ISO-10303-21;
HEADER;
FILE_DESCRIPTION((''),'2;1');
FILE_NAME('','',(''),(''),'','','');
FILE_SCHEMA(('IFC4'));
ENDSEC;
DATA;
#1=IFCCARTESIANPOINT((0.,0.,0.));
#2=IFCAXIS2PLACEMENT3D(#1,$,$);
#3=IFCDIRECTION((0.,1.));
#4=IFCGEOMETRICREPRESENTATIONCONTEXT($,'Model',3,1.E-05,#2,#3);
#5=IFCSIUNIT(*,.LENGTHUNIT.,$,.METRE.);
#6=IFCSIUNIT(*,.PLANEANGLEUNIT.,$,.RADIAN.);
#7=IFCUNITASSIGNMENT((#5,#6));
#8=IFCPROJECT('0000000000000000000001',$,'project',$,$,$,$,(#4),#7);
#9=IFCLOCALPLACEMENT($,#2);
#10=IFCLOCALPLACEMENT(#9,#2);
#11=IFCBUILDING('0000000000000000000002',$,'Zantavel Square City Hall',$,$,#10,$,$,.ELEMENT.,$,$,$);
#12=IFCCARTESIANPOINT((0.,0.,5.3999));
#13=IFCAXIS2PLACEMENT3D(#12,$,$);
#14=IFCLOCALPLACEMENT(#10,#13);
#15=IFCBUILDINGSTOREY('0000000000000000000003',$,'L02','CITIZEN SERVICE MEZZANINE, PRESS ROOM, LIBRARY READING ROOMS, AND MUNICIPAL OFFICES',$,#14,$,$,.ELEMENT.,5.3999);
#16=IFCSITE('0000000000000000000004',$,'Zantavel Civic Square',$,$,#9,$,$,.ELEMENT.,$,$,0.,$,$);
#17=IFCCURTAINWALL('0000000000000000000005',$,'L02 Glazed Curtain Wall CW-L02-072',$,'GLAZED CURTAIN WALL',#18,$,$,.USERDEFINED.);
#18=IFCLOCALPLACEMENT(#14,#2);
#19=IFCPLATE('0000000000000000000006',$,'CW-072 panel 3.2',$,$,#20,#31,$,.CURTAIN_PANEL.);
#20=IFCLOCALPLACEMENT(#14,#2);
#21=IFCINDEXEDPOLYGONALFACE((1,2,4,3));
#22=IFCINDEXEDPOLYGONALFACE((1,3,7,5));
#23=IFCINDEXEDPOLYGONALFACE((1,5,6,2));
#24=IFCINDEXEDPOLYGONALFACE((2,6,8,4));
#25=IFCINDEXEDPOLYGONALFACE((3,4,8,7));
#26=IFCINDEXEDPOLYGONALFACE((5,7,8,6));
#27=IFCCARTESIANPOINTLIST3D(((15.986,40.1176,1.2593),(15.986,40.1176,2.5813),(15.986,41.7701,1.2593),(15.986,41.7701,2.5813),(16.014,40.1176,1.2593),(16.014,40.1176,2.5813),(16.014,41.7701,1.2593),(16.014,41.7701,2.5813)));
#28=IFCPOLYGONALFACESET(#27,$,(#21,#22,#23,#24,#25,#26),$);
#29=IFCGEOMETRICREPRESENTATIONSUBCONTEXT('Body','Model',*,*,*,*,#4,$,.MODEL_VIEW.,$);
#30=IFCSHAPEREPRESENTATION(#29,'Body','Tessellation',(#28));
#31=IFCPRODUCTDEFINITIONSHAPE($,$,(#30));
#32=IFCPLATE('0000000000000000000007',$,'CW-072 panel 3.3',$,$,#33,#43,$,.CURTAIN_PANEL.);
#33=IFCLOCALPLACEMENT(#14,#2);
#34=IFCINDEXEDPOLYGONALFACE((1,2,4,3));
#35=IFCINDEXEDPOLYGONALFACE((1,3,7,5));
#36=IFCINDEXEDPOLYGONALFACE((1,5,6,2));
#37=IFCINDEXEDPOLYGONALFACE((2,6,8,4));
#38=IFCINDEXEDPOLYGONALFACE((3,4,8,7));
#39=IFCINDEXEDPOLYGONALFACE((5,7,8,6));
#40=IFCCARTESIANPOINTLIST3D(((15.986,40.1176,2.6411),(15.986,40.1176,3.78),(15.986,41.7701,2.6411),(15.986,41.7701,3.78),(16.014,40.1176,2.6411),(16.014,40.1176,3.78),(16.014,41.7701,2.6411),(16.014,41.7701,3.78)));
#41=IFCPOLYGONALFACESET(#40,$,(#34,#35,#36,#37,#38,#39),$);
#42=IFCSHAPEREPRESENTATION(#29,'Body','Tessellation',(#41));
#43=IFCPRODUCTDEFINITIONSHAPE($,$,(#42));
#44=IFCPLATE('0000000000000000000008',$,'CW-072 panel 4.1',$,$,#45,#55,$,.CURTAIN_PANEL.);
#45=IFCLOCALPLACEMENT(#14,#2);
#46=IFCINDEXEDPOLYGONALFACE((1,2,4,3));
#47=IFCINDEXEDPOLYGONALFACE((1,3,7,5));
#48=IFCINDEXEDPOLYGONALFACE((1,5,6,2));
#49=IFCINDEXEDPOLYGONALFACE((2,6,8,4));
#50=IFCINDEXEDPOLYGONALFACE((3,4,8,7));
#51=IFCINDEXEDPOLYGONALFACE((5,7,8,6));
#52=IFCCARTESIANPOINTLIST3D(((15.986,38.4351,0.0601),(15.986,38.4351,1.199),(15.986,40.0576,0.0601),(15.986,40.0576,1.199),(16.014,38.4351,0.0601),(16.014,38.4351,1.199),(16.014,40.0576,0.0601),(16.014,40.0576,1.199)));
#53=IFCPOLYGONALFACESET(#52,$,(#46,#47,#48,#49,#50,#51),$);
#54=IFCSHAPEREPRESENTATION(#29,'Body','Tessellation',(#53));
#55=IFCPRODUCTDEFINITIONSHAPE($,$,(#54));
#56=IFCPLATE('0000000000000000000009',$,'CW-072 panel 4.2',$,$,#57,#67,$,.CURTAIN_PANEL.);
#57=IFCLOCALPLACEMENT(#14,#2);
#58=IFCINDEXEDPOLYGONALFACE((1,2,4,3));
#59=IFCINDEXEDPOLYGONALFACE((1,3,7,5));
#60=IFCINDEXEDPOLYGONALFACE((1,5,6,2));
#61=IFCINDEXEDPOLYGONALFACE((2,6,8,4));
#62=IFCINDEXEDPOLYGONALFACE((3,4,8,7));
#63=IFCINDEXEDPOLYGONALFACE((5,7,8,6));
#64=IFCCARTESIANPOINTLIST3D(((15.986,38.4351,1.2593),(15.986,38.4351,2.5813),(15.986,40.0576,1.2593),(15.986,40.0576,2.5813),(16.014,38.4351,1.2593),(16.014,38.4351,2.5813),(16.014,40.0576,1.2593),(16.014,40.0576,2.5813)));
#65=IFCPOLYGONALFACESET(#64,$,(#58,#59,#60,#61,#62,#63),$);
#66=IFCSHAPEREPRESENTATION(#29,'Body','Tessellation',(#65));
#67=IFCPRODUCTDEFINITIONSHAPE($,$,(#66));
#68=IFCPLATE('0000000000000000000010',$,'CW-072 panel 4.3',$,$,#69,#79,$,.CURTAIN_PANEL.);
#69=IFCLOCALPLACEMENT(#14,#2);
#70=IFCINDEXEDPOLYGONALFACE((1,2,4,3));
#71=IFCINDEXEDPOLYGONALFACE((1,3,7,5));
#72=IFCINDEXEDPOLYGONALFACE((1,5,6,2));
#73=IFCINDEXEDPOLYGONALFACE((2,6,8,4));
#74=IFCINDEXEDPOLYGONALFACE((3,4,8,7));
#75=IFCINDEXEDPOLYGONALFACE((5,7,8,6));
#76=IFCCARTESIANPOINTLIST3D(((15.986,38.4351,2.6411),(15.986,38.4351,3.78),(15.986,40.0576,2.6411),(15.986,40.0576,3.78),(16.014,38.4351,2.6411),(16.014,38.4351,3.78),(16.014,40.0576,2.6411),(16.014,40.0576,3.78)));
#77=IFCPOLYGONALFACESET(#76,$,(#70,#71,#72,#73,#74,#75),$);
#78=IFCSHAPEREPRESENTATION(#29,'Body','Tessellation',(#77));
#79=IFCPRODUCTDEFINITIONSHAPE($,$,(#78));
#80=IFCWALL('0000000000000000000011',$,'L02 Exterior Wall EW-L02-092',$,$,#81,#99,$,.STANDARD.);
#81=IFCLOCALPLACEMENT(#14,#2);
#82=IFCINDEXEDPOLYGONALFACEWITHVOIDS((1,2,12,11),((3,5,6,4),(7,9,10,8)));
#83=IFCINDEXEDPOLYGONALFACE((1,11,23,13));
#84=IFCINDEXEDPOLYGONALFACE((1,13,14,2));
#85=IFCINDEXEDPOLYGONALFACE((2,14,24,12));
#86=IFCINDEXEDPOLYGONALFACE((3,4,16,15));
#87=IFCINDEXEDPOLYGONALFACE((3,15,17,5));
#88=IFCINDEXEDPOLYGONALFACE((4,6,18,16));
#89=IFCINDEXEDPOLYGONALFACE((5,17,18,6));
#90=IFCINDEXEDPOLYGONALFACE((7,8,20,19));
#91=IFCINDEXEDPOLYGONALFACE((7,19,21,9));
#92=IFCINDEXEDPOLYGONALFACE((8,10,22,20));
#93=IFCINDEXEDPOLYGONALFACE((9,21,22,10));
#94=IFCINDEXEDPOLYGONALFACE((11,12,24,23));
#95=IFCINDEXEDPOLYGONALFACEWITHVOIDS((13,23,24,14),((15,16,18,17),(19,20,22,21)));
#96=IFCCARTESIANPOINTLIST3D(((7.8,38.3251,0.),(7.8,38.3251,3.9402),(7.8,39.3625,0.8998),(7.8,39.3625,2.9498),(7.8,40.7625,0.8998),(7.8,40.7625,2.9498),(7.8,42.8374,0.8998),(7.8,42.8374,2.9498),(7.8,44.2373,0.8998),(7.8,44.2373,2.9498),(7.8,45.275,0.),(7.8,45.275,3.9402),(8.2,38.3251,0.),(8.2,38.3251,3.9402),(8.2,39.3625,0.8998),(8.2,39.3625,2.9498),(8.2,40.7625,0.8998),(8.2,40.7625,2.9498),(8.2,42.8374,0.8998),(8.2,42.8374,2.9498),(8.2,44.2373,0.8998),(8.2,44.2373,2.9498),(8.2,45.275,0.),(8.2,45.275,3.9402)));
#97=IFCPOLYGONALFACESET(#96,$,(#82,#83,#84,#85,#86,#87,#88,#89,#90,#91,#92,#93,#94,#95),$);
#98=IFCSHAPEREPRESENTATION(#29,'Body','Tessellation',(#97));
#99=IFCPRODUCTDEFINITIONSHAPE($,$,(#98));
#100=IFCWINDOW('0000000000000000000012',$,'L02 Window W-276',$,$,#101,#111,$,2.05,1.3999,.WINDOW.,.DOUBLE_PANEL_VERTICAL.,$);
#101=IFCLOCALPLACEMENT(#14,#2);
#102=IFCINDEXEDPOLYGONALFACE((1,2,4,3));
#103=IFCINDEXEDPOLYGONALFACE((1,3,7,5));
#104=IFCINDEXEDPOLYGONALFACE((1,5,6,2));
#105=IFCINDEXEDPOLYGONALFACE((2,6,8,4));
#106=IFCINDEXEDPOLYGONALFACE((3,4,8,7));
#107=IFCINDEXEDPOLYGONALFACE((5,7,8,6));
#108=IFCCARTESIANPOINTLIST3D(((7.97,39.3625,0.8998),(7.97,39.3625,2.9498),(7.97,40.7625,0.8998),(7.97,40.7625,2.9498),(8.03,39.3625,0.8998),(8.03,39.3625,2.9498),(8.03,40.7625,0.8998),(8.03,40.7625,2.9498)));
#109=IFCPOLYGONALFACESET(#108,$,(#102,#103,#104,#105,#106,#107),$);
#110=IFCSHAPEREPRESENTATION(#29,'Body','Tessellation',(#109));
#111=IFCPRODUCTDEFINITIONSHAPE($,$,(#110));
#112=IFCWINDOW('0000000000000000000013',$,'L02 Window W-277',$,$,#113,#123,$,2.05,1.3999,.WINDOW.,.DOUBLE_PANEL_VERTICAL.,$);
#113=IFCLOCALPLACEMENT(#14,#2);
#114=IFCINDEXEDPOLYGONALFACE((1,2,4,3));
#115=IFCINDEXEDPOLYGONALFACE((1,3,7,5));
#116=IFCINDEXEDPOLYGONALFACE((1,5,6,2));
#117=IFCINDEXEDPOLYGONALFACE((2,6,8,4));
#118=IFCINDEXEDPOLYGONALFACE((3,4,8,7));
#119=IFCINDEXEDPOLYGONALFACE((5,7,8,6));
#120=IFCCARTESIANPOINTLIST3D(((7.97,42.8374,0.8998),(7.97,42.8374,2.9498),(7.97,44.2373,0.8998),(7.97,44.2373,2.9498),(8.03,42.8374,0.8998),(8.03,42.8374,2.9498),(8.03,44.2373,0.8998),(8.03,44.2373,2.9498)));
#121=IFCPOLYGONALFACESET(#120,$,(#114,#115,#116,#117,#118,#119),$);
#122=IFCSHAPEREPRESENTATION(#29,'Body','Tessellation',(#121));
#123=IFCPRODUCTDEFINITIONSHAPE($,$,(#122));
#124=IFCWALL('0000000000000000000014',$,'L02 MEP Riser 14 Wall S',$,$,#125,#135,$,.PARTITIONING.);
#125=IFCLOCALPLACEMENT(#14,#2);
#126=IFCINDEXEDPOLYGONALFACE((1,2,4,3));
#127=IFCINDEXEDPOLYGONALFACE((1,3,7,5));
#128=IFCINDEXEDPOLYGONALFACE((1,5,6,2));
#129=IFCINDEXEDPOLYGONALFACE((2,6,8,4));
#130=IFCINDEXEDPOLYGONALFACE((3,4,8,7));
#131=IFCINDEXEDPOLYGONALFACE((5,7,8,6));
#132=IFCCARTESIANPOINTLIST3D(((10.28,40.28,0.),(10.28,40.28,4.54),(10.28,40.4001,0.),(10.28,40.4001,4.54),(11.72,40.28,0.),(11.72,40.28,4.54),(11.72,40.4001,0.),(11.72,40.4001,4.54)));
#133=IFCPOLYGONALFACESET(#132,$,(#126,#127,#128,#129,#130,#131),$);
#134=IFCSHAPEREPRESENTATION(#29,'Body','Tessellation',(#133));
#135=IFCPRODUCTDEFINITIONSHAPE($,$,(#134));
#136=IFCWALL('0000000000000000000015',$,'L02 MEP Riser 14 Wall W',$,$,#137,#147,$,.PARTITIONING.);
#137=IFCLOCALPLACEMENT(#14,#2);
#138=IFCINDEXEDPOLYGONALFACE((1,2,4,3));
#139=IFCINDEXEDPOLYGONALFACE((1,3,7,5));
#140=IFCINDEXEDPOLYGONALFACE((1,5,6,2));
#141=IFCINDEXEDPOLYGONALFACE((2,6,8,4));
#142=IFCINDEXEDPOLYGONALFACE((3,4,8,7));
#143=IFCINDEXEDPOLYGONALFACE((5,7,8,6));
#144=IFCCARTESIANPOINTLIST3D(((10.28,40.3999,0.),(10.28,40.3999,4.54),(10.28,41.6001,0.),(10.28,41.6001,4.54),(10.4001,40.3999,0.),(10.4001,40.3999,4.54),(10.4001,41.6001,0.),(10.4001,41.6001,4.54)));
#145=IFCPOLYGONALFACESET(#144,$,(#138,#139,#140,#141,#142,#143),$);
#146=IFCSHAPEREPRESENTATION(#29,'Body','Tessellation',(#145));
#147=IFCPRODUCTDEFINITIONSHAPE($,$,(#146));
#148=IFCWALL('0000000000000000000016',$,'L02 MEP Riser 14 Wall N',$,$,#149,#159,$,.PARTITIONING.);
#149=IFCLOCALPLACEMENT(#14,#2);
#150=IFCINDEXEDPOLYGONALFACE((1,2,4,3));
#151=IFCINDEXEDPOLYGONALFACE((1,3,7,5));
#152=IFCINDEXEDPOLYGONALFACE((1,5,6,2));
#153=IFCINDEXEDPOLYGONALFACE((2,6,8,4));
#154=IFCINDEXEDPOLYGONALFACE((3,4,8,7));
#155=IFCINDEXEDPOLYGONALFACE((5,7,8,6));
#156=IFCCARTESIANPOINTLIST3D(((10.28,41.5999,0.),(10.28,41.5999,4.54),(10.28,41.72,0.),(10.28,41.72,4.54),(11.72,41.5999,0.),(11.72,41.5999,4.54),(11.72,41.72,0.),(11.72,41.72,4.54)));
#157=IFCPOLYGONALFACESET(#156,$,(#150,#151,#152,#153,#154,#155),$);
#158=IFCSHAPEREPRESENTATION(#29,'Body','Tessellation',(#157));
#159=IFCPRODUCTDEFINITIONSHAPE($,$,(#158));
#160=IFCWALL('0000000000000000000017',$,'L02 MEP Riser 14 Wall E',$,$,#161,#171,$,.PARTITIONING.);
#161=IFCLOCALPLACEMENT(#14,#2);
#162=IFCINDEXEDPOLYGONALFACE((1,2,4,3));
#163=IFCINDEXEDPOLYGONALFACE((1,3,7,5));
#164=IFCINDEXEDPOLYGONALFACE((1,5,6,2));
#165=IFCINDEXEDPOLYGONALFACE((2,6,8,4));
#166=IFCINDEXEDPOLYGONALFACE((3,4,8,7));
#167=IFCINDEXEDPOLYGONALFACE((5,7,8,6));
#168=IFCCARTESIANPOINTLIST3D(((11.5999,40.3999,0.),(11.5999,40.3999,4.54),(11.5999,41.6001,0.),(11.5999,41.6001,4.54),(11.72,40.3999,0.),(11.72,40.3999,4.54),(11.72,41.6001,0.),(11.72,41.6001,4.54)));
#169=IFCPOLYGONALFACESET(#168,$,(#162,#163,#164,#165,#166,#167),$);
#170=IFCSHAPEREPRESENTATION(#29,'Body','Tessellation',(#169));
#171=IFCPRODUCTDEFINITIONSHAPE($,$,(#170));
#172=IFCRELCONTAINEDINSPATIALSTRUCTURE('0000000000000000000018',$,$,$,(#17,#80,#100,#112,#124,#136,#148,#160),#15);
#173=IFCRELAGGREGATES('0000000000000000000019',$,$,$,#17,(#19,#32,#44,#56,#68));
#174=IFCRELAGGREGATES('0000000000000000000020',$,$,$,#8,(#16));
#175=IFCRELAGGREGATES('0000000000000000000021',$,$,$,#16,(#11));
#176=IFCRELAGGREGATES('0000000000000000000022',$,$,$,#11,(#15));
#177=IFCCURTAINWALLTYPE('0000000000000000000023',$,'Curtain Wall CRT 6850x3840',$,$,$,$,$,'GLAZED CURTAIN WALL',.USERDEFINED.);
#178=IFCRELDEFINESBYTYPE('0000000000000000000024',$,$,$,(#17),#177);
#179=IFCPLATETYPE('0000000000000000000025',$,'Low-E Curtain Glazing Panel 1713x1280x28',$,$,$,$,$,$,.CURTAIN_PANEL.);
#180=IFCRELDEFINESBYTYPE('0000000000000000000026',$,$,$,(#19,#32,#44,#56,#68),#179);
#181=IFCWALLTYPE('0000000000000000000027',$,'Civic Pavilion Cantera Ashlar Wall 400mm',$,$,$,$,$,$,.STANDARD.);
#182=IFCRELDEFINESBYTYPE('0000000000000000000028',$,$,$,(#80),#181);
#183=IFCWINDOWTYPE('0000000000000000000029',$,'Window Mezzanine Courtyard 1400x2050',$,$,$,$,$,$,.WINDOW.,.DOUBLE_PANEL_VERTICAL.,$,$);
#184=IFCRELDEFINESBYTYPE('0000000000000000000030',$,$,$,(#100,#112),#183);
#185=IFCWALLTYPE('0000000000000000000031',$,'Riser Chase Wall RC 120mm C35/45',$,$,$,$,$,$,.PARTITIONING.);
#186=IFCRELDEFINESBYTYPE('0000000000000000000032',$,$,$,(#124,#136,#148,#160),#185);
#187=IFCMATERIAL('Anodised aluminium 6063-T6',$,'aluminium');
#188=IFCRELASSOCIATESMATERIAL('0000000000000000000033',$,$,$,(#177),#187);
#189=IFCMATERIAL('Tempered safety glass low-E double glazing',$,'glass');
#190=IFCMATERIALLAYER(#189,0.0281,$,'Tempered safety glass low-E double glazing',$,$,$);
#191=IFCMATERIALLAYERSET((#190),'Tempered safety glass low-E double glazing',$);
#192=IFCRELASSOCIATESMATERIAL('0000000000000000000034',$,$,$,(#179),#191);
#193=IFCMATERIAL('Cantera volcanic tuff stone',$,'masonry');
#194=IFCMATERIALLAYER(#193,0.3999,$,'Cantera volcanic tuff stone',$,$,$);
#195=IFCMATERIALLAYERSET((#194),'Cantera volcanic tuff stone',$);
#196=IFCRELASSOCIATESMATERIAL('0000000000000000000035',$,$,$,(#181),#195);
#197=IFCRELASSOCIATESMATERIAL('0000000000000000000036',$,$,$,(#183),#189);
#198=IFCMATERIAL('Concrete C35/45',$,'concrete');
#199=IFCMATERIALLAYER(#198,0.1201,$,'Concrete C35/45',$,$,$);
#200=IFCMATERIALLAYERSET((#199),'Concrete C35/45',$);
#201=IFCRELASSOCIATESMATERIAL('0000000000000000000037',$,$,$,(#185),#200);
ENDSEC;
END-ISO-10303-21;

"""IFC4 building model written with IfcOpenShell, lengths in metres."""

from ifc_helpers import new_model, si_unit, direction, frame, frame_2d, origin, origin_2d, place, context, subcontext, project, spatial, rectangle, extrude, material, layer, layer_set, type_object, element, fill, aggregate, save


model = new_model("IFC4")

# Units and contexts
model_context = context("Model", 3, precision=1e-05, world=origin(), true_north=direction((0.0, 1.0)))
body_context = subcontext(model_context, "Body", "Model", "MODEL_VIEW")
ifc_project = project(units=[si_unit("LENGTHUNIT", "METRE"), si_unit("PLANEANGLEUNIT", "RADIAN")], contexts=[model_context])

# Site, building, storey
site_placement = place(None, origin())
site = spatial("IfcSite", under=ifc_project, at=site_placement, Name="Zantavel Civic Square", CompositionType="ELEMENT", RefElevation=0.0)
building_placement = place(site_placement, origin())
building = spatial("IfcBuilding", under=site, at=building_placement, Name="Zantavel Square City Hall", CompositionType="ELEMENT")
storey_placement = place(building_placement, frame((0.0, 0.0, 5.3999)))
storey = spatial("IfcBuildingStorey", under=building, at=storey_placement, Name="L02", Description="CITIZEN SERVICE MEZZANINE, PRESS ROOM, LIBRARY READING ROOMS, AND MUNICIPAL OFFICES", CompositionType="ELEMENT", Elevation=5.3999)

# Curtain wall
ifc_material_1 = material(Name="Anodised aluminium 6063-T6", Category="aluminium")
curtain_wall_type = type_object("IfcCurtainWallType", Name="Curtain Wall CRT 6850x3840", ElementType="GLAZED CURTAIN WALL", PredefinedType="USERDEFINED", material=ifc_material_1)
curtain_wall_placement = place(storey_placement, origin())
curtain_wall = element("IfcCurtainWall", 1, at=curtain_wall_placement, inside=storey, type_object=curtain_wall_type, Name="L02 Glazed Curtain Wall CW-L02-072", ObjectType="GLAZED CURTAIN WALL", PredefinedType="USERDEFINED")

# Shared definitions
ifc_material_2 = material(Name="Concrete C35/45", Category="concrete")

# Plates
ifc_material_3 = material(Name="Tempered safety glass low-E double glazing", Category="glass")
ifc_layer_1 = layer(ifc_material_3, 0.0281, Name="Tempered safety glass low-E double glazing")
ifc_layer_set_1 = layer_set([ifc_layer_1], Name="Tempered safety glass low-E double glazing")
plate_type = type_object("IfcPlateType", Name="Low-E Curtain Glazing Panel 1713x1280x28", PredefinedType="CURTAIN_PANEL", material=ifc_layer_set_1)
plate_1_placement = place(storey_placement, frame((16.0, 40.9438, 1.2593), z_axis=(0.0, 0.0, 1.0), x_axis=(0.0, -1.0, 0.0)))
plate_1 = element("IfcPlate", 2, at=plate_1_placement, type_object=plate_type, Name="CW-072 panel 3.2", PredefinedType="CURTAIN_PANEL", context=body_context, shape_type="SweptSolid", body=[
    extrude(rectangle(XDim=1.6526, YDim=0.0281, at=origin_2d()), origin(), (0.0, 0.0, 1.0), 1.322),
])
plate_2_placement = place(storey_placement, frame((16.0, 40.9438, 2.6411), z_axis=(0.0, 0.0, 1.0), x_axis=(0.0, -1.0, 0.0)))
plate_2 = element("IfcPlate", 3, at=plate_2_placement, type_object=plate_type, Name="CW-072 panel 3.3", PredefinedType="CURTAIN_PANEL", context=body_context, shape_type="SweptSolid", body=[
    extrude(rectangle(XDim=1.6526, YDim=0.0281, at=origin_2d()), origin(), (0.0, 0.0, 1.0), 1.1389),
])
plate_3_placement = place(storey_placement, frame((16.0, 39.2463, 0.0601), z_axis=(0.0, 0.0, 1.0), x_axis=(0.0, -1.0, 0.0)))
plate_3 = element("IfcPlate", 4, at=plate_3_placement, type_object=plate_type, Name="CW-072 panel 4.1", PredefinedType="CURTAIN_PANEL", context=body_context, shape_type="SweptSolid", body=[
    extrude(rectangle(XDim=1.6226, YDim=0.0281, at=origin_2d()), origin(), (0.0, 0.0, 1.0), 1.1389),
])
plate_4_placement = place(storey_placement, frame((16.0, 39.2463, 1.2593), z_axis=(0.0, 0.0, 1.0), x_axis=(0.0, -1.0, 0.0)))
plate_4 = element("IfcPlate", 5, at=plate_4_placement, type_object=plate_type, Name="CW-072 panel 4.2", PredefinedType="CURTAIN_PANEL", context=body_context, shape_type="SweptSolid", body=[
    extrude(rectangle(XDim=1.6226, YDim=0.0281, at=origin_2d()), origin(), (0.0, 0.0, 1.0), 1.322),
])
plate_5_placement = place(storey_placement, frame((16.0, 39.2463, 2.6411), z_axis=(0.0, 0.0, 1.0), x_axis=(0.0, -1.0, 0.0)))
plate_5 = element("IfcPlate", 6, at=plate_5_placement, type_object=plate_type, Name="CW-072 panel 4.3", PredefinedType="CURTAIN_PANEL", context=body_context, shape_type="SweptSolid", body=[
    extrude(rectangle(XDim=1.6226, YDim=0.0281, at=origin_2d()), origin(), (0.0, 0.0, 1.0), 1.1389),
])
aggregate(curtain_wall, [plate_1, plate_2, plate_3, plate_4, plate_5])

# Wall, openings, windows
ifc_material_4 = material(Name="Cantera volcanic tuff stone", Category="masonry")
ifc_layer_2 = layer(ifc_material_4, 0.3999, Name="Cantera volcanic tuff stone")
ifc_layer_set_2 = layer_set([ifc_layer_2], Name="Cantera volcanic tuff stone")
wall_type_1 = type_object("IfcWallType", Name="Civic Pavilion Cantera Ashlar Wall 400mm", PredefinedType="STANDARD", material=ifc_layer_set_2)
wall_1_placement = place(storey_placement, frame((8.0, 38.325, 0.0), z_axis=(0.0, 0.0, 1.0), x_axis=(0.0, 1.0, 0.0)))
wall_1 = element("IfcWall", 7, at=wall_1_placement, inside=storey, type_object=wall_type_1, Name="L02 Exterior Wall EW-L02-092", PredefinedType="STANDARD", context=body_context, shape_type="SweptSolid", body=[
    extrude(rectangle(XDim=6.95, YDim=0.3999, at=frame_2d((3.4751, 0.0))), origin(), (0.0, 0.0, 1.0), 3.9402),
])
opening_1_placement = place(wall_1_placement, frame((1.0376, 0.0, 0.8999)))
opening_1 = element("IfcOpeningElement", 8, at=opening_1_placement, cuts=wall_1, PredefinedType="OPENING", context=body_context, shape_type="SweptSolid", body=[
    extrude(rectangle(XDim=1.3999, YDim=2.05, at=frame_2d((0.7, 1.0249))), frame((0.0, 0.21, 0.0), z_axis=(0.0, -1.0, 0.0), x_axis=(1.0, 0.0, 0.0)), (0.0, 0.0, 1.0), 0.4199),
])
opening_2_placement = place(wall_1_placement, frame((4.5125, 0.0, 0.8999)))
opening_2 = element("IfcOpeningElement", 9, at=opening_2_placement, cuts=wall_1, PredefinedType="OPENING", context=body_context, shape_type="SweptSolid", body=[
    extrude(rectangle(XDim=1.3999, YDim=2.05, at=frame_2d((0.7, 1.0249))), frame((0.0, 0.21, 0.0), z_axis=(0.0, -1.0, 0.0), x_axis=(1.0, 0.0, 0.0)), (0.0, 0.0, 1.0), 0.4199),
])
window_type = type_object("IfcWindowType", Name="Window Mezzanine Courtyard 1400x2050", PartitioningType="DOUBLE_PANEL_VERTICAL", PredefinedType="WINDOW", material=ifc_material_3)
window_1_placement = place(opening_1_placement, origin())
window_1 = element("IfcWindow", 10, at=window_1_placement, inside=storey, type_object=window_type, Name="L02 Window W-276", OverallHeight=2.05, OverallWidth=1.3999, PartitioningType="DOUBLE_PANEL_VERTICAL", PredefinedType="WINDOW", context=body_context, shape_type="SweptSolid", body=[
    extrude(rectangle(XDim=1.3999, YDim=2.05, at=frame_2d((0.7, 1.0249))), frame((0.0, 0.03, 0.0), z_axis=(0.0, -1.0, 0.0), x_axis=(1.0, 0.0, 0.0)), (0.0, 0.0, 1.0), 0.0601),
])
fill(opening_1, window_1)
window_2_placement = place(opening_2_placement, origin())
window_2 = element("IfcWindow", 11, at=window_2_placement, inside=storey, type_object=window_type, Name="L02 Window W-277", OverallHeight=2.05, OverallWidth=1.3999, PartitioningType="DOUBLE_PANEL_VERTICAL", PredefinedType="WINDOW", context=body_context, shape_type="SweptSolid", body=[
    extrude(rectangle(XDim=1.3999, YDim=2.05, at=frame_2d((0.7, 1.0249))), frame((0.0, 0.03, 0.0), z_axis=(0.0, -1.0, 0.0), x_axis=(1.0, 0.0, 0.0)), (0.0, 0.0, 1.0), 0.0601),
])
fill(opening_2, window_2)

# Walls
ifc_layer_3 = layer(ifc_material_2, 0.1201, Name="Concrete C35/45")
ifc_layer_set_3 = layer_set([ifc_layer_3], Name="Concrete C35/45")
wall_type_2 = type_object("IfcWallType", Name="Riser Chase Wall RC 120mm C35/45", PredefinedType="PARTITIONING", material=ifc_layer_set_3)
wall_2_placement = place(storey_placement, frame((11.72, 40.3401, 0.0), z_axis=(0.0, 0.0, 1.0), x_axis=(-1.0, 0.0, 0.0)))
element("IfcWall", 12, at=wall_2_placement, inside=storey, type_object=wall_type_2, Name="L02 MEP Riser 14 Wall S", PredefinedType="PARTITIONING", context=body_context, shape_type="SweptSolid", body=[
    extrude(rectangle(XDim=1.4399, YDim=0.1201, at=frame_2d((0.72, 0.0))), origin(), (0.0, 0.0, 1.0), 4.54),
])
wall_3_placement = place(storey_placement, frame((10.3401, 40.3999, 0.0), z_axis=(0.0, 0.0, 1.0), x_axis=(0.0, 1.0, 0.0)))
element("IfcWall", 13, at=wall_3_placement, inside=storey, type_object=wall_type_2, Name="L02 MEP Riser 14 Wall W", PredefinedType="PARTITIONING", context=body_context, shape_type="SweptSolid", body=[
    extrude(rectangle(XDim=1.2002, YDim=0.1201, at=frame_2d((0.6001, 0.0))), origin(), (0.0, 0.0, 1.0), 4.54),
])
wall_4_placement = place(storey_placement, frame((10.28, 41.6599, 0.0), z_axis=(0.0, 0.0, 1.0), x_axis=(1.0, 0.0, 0.0)))
element("IfcWall", 14, at=wall_4_placement, inside=storey, type_object=wall_type_2, Name="L02 MEP Riser 14 Wall N", PredefinedType="PARTITIONING", context=body_context, shape_type="SweptSolid", body=[
    extrude(rectangle(XDim=1.4399, YDim=0.1201, at=frame_2d((0.72, 0.0))), origin(), (0.0, 0.0, 1.0), 4.54),
])
wall_5_placement = place(storey_placement, frame((11.6599, 41.6001, 0.0), z_axis=(0.0, 0.0, 1.0), x_axis=(0.0, -1.0, 0.0)))
element("IfcWall", 15, at=wall_5_placement, inside=storey, type_object=wall_type_2, Name="L02 MEP Riser 14 Wall E", PredefinedType="PARTITIONING", context=body_context, shape_type="SweptSolid", body=[
    extrude(rectangle(XDim=1.2002, YDim=0.1201, at=frame_2d((0.6001, 0.0))), origin(), (0.0, 0.0, 1.0), 4.54),
])

save(model, "model.ifc")
